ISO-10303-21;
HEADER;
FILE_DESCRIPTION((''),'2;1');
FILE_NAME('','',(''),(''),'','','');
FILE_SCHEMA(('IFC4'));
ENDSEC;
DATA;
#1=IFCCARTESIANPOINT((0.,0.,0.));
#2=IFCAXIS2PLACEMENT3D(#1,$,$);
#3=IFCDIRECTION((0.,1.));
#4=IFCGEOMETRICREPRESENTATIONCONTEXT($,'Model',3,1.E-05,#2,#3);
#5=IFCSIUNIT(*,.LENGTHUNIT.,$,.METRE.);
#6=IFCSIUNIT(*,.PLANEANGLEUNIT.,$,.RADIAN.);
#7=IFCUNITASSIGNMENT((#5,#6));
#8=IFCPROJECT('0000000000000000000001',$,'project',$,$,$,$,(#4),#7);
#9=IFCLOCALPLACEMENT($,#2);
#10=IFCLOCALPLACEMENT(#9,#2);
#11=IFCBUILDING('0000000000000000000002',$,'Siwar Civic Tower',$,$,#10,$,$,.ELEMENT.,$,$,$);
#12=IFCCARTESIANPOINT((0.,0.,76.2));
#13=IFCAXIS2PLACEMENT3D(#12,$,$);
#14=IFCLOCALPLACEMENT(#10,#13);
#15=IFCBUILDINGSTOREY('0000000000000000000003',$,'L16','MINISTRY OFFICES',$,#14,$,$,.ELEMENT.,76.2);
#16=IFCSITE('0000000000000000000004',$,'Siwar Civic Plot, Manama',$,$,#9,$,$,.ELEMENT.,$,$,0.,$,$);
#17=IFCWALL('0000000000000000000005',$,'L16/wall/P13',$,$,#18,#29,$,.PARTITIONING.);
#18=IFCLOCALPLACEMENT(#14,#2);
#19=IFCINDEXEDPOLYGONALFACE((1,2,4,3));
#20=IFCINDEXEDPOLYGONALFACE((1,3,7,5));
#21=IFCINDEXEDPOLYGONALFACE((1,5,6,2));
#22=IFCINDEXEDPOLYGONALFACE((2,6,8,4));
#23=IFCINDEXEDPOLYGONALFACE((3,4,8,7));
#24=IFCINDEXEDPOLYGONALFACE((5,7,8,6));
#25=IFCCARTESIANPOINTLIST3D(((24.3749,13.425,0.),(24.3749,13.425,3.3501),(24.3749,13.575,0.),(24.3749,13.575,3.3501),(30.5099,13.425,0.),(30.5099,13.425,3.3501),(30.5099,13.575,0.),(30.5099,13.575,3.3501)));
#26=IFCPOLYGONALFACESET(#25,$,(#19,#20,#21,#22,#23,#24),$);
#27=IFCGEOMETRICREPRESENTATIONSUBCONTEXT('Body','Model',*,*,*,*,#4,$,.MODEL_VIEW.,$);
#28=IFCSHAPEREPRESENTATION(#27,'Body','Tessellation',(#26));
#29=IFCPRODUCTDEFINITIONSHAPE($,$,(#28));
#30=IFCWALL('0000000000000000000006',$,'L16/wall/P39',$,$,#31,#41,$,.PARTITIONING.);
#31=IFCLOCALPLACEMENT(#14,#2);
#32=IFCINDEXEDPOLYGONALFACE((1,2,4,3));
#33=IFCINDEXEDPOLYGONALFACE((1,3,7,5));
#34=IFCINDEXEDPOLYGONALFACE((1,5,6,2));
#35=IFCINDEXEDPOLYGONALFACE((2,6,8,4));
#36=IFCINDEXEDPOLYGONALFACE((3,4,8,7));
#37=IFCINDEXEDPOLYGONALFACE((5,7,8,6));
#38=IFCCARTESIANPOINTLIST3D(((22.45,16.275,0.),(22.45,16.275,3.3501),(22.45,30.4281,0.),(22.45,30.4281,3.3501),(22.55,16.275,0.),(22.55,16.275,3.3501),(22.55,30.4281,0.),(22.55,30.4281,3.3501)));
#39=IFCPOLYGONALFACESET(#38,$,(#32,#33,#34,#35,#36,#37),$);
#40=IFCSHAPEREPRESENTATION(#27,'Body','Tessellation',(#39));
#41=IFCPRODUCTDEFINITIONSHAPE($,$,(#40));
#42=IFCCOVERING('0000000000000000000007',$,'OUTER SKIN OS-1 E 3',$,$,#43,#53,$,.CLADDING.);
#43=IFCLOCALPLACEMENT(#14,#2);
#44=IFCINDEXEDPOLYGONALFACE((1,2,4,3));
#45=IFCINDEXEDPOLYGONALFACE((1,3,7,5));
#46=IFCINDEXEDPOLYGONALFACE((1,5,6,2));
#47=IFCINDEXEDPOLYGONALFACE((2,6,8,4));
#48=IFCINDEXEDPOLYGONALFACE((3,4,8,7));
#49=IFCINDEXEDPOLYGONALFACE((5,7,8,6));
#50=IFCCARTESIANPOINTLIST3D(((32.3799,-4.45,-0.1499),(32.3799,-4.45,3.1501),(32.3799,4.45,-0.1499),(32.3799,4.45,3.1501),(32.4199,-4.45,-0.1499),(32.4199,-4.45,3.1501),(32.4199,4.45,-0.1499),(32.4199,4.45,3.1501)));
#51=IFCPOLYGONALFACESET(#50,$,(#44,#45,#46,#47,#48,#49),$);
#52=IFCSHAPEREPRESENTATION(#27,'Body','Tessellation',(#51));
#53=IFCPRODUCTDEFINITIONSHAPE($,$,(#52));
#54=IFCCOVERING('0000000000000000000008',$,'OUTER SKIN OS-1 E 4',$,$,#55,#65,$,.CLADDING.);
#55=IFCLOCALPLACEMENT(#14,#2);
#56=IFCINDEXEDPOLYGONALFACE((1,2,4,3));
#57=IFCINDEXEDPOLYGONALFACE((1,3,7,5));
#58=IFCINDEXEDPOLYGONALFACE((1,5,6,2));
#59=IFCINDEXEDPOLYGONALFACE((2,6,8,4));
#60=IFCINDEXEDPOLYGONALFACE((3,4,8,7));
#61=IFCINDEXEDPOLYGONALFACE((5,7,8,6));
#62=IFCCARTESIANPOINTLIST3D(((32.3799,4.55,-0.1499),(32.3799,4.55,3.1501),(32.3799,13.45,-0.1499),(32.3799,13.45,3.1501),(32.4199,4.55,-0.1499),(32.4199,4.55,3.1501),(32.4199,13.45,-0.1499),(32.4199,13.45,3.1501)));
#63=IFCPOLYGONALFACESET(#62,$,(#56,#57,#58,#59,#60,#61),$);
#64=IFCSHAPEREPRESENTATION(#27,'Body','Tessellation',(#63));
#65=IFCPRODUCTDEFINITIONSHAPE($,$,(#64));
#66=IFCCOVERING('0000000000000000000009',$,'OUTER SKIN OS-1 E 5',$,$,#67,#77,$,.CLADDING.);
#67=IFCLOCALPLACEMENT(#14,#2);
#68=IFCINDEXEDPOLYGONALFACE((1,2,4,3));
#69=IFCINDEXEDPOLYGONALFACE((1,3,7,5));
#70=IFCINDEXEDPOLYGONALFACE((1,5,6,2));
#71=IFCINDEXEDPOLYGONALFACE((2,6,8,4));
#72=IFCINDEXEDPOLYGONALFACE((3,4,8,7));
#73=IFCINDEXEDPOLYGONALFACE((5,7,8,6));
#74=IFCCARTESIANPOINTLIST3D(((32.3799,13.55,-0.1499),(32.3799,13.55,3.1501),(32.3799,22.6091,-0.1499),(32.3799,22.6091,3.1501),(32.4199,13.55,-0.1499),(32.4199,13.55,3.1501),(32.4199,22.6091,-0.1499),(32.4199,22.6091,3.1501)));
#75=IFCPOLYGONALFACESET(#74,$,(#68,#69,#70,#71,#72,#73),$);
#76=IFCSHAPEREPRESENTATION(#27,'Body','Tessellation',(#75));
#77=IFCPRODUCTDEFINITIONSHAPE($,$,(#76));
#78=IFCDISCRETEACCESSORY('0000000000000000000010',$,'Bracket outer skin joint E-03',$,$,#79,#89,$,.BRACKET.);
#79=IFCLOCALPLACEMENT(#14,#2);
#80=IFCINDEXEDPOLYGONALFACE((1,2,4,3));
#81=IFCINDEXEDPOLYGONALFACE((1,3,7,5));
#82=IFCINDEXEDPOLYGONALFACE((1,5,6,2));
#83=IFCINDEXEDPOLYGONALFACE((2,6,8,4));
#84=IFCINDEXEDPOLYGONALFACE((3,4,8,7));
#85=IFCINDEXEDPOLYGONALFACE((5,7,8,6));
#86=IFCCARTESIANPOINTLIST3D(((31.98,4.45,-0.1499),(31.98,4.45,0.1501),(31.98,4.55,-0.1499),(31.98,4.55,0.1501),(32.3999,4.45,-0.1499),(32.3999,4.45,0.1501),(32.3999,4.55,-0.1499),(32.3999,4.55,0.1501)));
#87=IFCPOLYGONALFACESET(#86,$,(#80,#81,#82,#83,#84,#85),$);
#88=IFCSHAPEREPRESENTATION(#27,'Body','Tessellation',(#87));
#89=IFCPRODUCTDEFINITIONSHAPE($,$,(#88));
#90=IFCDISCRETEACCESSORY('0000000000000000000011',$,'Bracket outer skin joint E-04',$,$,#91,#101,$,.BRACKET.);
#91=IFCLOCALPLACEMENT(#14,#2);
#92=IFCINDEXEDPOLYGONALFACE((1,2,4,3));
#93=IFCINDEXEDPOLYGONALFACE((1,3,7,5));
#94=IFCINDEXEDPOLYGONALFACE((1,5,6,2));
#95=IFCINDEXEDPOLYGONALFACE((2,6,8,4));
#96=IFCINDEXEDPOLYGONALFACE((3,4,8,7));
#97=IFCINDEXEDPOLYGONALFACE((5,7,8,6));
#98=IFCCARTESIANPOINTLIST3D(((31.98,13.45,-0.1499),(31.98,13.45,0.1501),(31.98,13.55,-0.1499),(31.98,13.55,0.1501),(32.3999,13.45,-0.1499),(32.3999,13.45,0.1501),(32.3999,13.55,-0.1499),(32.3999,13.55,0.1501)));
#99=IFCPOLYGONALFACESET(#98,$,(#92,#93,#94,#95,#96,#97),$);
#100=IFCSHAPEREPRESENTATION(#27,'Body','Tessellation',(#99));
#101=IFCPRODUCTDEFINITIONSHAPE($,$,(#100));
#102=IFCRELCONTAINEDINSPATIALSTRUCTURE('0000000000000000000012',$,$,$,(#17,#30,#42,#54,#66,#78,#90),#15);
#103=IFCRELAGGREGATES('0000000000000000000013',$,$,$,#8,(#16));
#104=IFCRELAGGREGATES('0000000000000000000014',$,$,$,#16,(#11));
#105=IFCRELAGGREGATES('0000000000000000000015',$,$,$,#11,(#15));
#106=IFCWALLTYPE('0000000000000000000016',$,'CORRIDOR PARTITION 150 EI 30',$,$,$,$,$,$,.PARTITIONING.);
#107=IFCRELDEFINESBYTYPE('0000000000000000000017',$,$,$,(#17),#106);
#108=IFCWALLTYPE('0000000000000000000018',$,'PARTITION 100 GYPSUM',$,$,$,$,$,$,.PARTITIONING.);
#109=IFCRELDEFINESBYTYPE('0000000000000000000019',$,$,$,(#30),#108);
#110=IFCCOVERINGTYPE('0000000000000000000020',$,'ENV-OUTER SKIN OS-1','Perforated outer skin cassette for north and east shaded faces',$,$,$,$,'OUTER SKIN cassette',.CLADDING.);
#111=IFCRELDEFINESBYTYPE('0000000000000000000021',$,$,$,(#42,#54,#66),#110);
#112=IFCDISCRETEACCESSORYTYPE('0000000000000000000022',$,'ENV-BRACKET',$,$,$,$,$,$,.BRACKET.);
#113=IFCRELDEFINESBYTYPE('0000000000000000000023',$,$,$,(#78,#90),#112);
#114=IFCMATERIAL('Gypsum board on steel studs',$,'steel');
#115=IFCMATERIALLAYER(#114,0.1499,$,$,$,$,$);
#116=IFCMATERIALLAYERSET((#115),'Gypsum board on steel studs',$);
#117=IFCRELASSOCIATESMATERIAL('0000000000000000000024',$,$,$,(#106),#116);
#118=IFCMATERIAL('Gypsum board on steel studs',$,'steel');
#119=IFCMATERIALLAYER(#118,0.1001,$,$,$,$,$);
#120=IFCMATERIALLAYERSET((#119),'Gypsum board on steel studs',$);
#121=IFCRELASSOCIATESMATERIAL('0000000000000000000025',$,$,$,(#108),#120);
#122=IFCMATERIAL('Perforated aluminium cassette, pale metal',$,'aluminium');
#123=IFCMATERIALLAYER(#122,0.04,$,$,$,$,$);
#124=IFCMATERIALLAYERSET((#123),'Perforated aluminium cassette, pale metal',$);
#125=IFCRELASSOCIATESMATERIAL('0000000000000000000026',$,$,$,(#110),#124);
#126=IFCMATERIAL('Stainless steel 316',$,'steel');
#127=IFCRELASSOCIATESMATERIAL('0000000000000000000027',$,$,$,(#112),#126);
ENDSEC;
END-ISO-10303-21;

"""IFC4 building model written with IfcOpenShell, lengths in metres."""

from ifc_helpers import new_model, si_unit, direction, frame, frame_2d, origin, origin_2d, place, context, subcontext, project, spatial, rectangle, extrude, material, layer, layer_set, type_object, element, save


model = new_model("IFC4")

# Units and contexts
model_context = context("Model", 3, precision=1e-05, world=origin(), true_north=direction((0.0, 1.0)))
body_context = subcontext(model_context, "Body", "Model", "MODEL_VIEW")
ifc_project = project(units=[si_unit("LENGTHUNIT", "METRE"), si_unit("PLANEANGLEUNIT", "RADIAN")], contexts=[model_context])

# Site, building, storey
site_placement = place(None, origin())
site = spatial("IfcSite", under=ifc_project, at=site_placement, Name="Siwar Civic Plot, Manama", CompositionType="ELEMENT", RefElevation=0.0)
building_placement = place(site_placement, origin())
building = spatial("IfcBuilding", under=site, at=building_placement, Name="Siwar Civic Tower", CompositionType="ELEMENT")
storey_placement = place(building_placement, frame((0.0, 0.0, 76.2)))
storey = spatial("IfcBuildingStorey", under=building, at=storey_placement, Name="L16", Description="MINISTRY OFFICES", CompositionType="ELEMENT", Elevation=76.2)

# Walls
ifc_material_1 = material(Name="Gypsum board on steel studs", Category="steel")
ifc_layer_1 = layer(ifc_material_1, 0.1499)
ifc_layer_set_1 = layer_set([ifc_layer_1], Name="Gypsum board on steel studs")
wall_type_1 = type_object("IfcWallType", Name="CORRIDOR PARTITION 150 EI 30", PredefinedType="PARTITIONING", material=ifc_layer_set_1)
wall_1_placement = place(storey_placement, frame((24.375, 13.5, 0.0), z_axis=(0.0, 0.0, 1.0), x_axis=(1.0, 0.0, 0.0)))
element("IfcWall", 1, at=wall_1_placement, inside=storey, type_object=wall_type_1, Name="L16/wall/P13", PredefinedType="PARTITIONING", context=body_context, shape_type="SweptSolid", body=[
    extrude(rectangle(XDim=6.135, YDim=0.1499, at=frame_2d((3.0674, 0.0))), origin(), (0.0, 0.0, 1.0), 3.3501),
])
ifc_material_2 = material(Name="Gypsum board on steel studs", Category="steel")
ifc_layer_2 = layer(ifc_material_2, 0.1001)
ifc_layer_set_2 = layer_set([ifc_layer_2], Name="Gypsum board on steel studs")
wall_type_2 = type_object("IfcWallType", Name="PARTITION 100 GYPSUM", PredefinedType="PARTITIONING", material=ifc_layer_set_2)
wall_2_placement = place(storey_placement, frame((22.5, 16.2749, 0.0), z_axis=(0.0, 0.0, 1.0), x_axis=(0.0, 1.0, 0.0)))
element("IfcWall", 2, at=wall_2_placement, inside=storey, type_object=wall_type_2, Name="L16/wall/P39", PredefinedType="PARTITIONING", context=body_context, shape_type="SweptSolid", body=[
    extrude(rectangle(XDim=14.1531, YDim=0.1001, at=frame_2d((7.0767, 0.0))), origin(), (0.0, 0.0, 1.0), 3.3501),
])

# Coverings
ifc_material_3 = material(Name="Perforated aluminium cassette, pale metal", Category="aluminium")
ifc_layer_3 = layer(ifc_material_3, 0.04)
ifc_layer_set_3 = layer_set([ifc_layer_3], Name="Perforated aluminium cassette, pale metal")
covering_type = type_object("IfcCoveringType", Name="ENV-OUTER SKIN OS-1", Description="Perforated outer skin cassette for north and east shaded faces", ElementType="OUTER SKIN cassette", PredefinedType="CLADDING", material=ifc_layer_set_3)
for number, where, z_axis, x_axis, name in (
    (3, (32.3999, 0.0, -0.1499), (0.0, 0.0, 1.0), (0.0, 1.0, 0.0), "OUTER SKIN OS-1 E 3"),
    (4, (32.3999, 9.0, -0.1499), (0.0, 0.0, 1.0), (0.0, 1.0, 0.0), "OUTER SKIN OS-1 E 4"),
):
    element("IfcCovering", number, at=place(storey_placement, frame(where, z_axis=z_axis, x_axis=x_axis)), inside=storey, type_object=covering_type, Name=name, PredefinedType="CLADDING", context=body_context, shape_type="SweptSolid", body=[
        extrude(rectangle(XDim=8.8999, YDim=0.04, at=origin_2d()), origin(), (0.0, 0.0, 1.0), 3.3),
    ])
covering_placement = place(storey_placement, frame((32.3999, 18.0796, -0.1499), z_axis=(0.0, 0.0, 1.0), x_axis=(0.0, 1.0, 0.0)))
element("IfcCovering", 5, at=covering_placement, inside=storey, type_object=covering_type, Name="OUTER SKIN OS-1 E 5", PredefinedType="CLADDING", context=body_context, shape_type="SweptSolid", body=[
    extrude(rectangle(XDim=9.0591, YDim=0.04, at=origin_2d()), origin(), (0.0, 0.0, 1.0), 3.3),
])

# Discrete accessories
ifc_material_4 = material(Name="Stainless steel 316", Category="steel")
discrete_accessory_type = type_object("IfcDiscreteAccessoryType", Name="ENV-BRACKET", PredefinedType="BRACKET", material=ifc_material_4)
for number, where, z_axis, x_axis, name in (
    (6, (32.1899, 4.5, -0.1499), (0.0, 0.0, 1.0), (1.0, 0.0, 0.0), "Bracket outer skin joint E-03"),
    (7, (32.1899, 13.5, -0.1499), (0.0, 0.0, 1.0), (1.0, 0.0, 0.0), "Bracket outer skin joint E-04"),
):
    element("IfcDiscreteAccessory", number, at=place(storey_placement, frame(where, z_axis=z_axis, x_axis=x_axis)), inside=storey, type_object=discrete_accessory_type, Name=name, PredefinedType="BRACKET", context=body_context, shape_type="SweptSolid", body=[
        extrude(rectangle(XDim=0.4199, YDim=0.1001, at=origin_2d()), origin(), (0.0, 0.0, 1.0), 0.3),
    ])

save(model, "model.ifc")
